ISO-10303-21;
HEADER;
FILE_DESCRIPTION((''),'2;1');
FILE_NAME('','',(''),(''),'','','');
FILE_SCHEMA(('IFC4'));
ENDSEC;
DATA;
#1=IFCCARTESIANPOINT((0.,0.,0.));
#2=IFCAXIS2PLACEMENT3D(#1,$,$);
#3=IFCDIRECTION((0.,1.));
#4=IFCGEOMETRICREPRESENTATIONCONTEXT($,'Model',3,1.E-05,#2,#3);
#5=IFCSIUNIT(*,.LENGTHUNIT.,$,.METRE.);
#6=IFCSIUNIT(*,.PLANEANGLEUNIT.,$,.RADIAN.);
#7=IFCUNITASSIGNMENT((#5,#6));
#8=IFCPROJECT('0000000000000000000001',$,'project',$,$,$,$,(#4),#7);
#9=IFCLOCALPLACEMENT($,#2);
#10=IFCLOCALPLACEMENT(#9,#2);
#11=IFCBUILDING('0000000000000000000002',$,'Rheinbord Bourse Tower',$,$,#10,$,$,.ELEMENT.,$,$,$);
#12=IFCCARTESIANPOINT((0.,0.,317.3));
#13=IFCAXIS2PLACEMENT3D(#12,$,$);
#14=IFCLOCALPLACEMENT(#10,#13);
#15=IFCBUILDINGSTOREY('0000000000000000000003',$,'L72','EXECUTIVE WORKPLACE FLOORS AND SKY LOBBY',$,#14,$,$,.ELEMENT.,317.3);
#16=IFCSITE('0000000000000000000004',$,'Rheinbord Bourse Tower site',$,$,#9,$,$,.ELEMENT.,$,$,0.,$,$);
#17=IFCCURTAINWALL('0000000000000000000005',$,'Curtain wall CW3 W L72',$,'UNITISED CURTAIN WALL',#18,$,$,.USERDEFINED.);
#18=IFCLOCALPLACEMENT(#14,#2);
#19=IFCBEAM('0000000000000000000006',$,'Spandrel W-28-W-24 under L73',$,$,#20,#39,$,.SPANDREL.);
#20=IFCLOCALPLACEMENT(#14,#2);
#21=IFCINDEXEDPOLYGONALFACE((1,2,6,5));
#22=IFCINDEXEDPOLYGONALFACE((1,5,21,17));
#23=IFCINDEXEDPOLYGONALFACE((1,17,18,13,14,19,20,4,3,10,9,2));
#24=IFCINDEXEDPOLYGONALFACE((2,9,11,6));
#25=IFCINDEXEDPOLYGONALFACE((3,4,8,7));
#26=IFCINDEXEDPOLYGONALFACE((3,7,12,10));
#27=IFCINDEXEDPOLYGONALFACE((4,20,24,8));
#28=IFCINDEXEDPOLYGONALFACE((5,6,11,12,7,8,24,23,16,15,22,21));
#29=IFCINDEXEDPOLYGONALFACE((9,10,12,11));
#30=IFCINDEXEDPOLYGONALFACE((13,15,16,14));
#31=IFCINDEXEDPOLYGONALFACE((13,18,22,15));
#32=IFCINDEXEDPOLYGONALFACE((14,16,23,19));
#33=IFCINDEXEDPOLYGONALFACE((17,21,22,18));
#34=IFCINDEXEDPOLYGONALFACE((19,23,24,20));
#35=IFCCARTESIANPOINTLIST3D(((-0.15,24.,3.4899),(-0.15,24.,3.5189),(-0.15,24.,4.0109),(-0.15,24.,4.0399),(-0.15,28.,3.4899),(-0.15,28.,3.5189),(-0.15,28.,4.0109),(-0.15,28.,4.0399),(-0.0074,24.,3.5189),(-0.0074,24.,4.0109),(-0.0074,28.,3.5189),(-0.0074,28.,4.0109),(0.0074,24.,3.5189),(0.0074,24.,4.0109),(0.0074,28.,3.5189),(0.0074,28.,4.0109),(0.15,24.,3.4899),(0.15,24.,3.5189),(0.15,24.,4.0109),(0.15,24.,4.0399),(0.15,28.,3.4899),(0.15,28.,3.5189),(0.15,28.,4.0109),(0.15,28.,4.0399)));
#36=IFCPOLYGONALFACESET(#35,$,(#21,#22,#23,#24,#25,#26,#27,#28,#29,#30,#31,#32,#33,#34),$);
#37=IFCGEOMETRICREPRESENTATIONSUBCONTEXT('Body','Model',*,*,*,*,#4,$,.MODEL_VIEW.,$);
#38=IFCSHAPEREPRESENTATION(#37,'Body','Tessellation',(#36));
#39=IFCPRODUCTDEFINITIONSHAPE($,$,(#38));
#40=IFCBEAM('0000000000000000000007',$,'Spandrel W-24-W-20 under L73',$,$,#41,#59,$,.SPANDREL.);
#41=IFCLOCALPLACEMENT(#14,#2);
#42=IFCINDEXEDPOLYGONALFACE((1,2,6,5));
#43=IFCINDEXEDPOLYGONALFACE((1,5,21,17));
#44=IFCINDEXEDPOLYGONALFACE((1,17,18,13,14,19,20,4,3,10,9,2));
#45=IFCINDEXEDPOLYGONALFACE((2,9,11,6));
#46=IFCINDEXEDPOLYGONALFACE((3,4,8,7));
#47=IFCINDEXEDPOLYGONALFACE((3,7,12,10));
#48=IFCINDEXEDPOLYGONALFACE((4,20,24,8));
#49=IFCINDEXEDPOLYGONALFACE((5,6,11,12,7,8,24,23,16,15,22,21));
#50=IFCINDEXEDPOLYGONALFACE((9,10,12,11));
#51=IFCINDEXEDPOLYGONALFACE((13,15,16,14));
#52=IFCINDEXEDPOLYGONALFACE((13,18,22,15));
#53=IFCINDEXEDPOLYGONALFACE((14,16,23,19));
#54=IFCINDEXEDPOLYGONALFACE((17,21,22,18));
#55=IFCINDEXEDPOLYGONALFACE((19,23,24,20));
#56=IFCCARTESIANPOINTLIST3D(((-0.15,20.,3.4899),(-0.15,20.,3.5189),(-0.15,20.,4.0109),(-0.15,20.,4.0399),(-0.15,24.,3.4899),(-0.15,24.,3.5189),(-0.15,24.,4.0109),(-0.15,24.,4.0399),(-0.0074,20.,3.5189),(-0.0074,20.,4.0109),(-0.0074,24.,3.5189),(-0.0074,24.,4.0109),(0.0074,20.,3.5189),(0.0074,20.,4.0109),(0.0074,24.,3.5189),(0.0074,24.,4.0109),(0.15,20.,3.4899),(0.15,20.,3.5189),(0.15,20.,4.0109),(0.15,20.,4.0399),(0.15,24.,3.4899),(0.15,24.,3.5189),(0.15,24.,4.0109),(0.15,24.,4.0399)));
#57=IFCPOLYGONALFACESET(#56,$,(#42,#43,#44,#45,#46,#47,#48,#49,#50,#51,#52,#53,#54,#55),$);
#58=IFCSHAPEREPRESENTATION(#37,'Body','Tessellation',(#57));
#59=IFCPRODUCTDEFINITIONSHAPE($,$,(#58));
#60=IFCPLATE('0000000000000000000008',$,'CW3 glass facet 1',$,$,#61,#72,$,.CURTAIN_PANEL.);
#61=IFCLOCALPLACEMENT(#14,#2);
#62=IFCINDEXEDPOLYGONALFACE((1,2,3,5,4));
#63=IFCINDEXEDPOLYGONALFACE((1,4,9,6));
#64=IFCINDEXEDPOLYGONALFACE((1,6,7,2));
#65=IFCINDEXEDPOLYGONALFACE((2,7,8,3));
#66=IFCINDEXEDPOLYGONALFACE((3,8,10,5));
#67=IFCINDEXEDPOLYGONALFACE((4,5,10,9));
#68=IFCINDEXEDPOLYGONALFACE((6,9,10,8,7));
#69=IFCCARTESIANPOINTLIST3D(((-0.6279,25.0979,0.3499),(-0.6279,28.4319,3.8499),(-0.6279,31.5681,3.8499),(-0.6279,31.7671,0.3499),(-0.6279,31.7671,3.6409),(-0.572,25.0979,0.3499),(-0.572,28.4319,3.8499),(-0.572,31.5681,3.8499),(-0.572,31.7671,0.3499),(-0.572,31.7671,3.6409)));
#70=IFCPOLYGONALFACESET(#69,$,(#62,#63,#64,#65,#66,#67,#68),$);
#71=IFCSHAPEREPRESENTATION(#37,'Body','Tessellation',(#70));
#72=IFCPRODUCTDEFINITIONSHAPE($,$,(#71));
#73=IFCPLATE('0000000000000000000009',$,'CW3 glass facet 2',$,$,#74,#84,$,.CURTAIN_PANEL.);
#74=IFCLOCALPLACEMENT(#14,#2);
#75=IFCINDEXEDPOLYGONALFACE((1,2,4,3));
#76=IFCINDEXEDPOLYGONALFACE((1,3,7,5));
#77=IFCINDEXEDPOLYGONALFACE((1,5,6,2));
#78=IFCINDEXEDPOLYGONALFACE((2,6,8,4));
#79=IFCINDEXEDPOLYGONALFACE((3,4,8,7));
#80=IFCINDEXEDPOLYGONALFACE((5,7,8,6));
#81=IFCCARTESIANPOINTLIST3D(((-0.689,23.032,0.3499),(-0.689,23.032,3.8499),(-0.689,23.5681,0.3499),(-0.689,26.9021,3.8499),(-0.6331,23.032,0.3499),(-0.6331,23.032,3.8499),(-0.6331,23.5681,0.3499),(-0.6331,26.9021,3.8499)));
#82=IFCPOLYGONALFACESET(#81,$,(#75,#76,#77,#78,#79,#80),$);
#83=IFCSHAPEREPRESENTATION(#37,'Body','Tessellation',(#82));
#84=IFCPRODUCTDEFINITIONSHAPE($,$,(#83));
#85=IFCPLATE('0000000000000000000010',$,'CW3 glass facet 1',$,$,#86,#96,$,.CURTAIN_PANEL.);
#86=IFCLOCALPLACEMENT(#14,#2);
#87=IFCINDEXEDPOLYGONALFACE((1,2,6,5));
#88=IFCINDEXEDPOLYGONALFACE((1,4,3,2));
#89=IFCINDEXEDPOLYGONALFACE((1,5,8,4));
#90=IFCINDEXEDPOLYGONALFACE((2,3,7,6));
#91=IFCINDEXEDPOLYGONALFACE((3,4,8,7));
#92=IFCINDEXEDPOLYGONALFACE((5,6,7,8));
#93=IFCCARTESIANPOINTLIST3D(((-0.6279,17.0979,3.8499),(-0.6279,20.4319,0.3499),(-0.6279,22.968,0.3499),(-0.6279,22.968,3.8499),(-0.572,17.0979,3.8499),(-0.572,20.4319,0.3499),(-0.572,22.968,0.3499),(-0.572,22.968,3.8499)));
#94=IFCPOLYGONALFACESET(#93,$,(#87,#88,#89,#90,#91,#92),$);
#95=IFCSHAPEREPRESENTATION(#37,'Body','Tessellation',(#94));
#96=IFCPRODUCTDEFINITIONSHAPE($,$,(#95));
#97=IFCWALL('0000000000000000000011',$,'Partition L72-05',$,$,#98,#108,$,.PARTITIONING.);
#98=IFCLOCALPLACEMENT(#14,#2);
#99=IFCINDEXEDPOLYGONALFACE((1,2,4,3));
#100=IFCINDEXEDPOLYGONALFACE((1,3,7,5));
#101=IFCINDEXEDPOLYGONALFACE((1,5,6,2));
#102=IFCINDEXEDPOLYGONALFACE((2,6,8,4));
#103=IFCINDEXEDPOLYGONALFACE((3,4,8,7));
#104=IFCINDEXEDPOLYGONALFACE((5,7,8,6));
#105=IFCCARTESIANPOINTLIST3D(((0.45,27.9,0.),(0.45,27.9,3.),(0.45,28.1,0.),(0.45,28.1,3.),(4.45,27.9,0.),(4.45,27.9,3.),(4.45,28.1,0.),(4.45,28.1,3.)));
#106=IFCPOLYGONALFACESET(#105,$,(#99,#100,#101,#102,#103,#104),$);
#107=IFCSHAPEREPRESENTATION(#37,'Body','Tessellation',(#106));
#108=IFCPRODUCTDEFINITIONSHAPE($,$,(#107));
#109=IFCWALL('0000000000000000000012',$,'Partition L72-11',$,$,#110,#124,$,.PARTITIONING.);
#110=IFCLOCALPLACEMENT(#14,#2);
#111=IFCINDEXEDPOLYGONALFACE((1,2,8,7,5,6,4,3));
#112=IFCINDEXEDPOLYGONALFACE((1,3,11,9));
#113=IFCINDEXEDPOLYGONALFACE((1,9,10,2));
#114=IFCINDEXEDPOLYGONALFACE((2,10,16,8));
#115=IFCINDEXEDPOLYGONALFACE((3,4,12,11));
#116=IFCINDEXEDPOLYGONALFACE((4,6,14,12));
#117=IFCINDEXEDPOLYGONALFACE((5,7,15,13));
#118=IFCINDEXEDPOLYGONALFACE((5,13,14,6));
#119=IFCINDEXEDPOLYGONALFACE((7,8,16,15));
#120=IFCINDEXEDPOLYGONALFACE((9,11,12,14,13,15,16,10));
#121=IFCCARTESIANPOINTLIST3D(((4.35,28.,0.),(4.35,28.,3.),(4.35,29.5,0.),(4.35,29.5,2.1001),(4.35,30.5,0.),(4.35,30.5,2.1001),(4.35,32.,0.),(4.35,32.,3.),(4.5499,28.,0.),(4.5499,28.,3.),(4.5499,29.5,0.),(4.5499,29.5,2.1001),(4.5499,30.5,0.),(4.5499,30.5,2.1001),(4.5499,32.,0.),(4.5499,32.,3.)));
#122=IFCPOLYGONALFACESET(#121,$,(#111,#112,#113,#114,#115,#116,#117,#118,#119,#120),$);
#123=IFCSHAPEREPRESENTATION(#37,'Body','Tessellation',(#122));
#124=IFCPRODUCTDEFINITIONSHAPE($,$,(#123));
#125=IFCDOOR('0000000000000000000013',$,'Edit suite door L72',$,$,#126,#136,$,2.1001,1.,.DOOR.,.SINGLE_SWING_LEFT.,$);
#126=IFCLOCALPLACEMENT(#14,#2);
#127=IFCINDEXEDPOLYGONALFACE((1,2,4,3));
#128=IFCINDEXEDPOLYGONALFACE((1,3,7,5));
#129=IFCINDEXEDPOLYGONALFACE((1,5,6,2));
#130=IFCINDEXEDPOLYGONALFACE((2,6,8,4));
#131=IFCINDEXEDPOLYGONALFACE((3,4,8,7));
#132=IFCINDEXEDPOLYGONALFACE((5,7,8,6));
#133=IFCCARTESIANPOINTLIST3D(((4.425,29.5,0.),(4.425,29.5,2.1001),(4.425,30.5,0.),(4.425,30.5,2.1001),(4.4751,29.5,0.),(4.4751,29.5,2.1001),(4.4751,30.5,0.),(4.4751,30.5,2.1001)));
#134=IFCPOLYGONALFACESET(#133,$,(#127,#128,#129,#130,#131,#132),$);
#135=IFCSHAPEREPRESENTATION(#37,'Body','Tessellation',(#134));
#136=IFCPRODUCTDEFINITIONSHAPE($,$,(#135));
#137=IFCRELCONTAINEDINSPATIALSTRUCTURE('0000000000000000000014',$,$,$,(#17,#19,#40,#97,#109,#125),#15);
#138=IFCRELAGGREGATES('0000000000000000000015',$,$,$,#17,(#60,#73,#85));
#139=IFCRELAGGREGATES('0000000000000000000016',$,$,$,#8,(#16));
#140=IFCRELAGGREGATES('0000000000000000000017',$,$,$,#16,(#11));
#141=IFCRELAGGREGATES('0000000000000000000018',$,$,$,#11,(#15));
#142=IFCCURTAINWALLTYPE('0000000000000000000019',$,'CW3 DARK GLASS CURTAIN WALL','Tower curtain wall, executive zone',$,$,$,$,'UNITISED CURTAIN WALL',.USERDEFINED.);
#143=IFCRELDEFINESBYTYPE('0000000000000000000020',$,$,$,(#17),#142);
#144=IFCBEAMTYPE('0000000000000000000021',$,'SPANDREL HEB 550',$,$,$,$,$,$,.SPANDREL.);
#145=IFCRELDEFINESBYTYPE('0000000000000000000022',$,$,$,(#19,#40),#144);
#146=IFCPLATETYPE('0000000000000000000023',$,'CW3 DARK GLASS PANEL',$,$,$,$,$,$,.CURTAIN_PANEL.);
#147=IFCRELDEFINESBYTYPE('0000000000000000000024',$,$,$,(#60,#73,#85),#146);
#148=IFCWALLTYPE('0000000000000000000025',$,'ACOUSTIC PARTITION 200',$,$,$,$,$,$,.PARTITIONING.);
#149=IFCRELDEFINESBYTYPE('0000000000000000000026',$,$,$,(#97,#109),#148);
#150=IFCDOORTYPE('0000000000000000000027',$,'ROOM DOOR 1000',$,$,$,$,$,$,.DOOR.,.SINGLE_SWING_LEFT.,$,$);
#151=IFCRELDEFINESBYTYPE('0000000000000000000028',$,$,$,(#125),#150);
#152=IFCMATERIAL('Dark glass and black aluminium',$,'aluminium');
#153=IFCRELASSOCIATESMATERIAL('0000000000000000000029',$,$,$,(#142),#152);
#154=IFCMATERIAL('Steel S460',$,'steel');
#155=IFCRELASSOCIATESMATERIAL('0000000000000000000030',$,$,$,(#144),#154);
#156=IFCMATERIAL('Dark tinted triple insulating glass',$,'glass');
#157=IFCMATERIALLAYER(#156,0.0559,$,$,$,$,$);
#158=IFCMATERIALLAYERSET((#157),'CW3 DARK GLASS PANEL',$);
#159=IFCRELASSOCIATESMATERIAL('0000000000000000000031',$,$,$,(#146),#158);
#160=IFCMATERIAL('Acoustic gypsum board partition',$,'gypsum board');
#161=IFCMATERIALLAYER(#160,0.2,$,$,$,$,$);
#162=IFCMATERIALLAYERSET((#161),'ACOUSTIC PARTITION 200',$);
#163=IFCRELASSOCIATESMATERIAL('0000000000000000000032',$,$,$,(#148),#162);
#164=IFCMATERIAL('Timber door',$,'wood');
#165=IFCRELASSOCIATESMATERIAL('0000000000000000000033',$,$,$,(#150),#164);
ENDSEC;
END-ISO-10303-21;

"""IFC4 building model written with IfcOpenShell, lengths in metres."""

from ifc_helpers import new_model, si_unit, direction, frame, frame_2d, origin, origin_2d, place, context, subcontext, project, spatial, polyline, rectangle, i_section, outline, extrude, material, layer, layer_set, material_profile, profile_set, type_object, element, fill, aggregate, save


model = new_model("IFC4")

# Units and contexts
model_context = context("Model", 3, precision=1e-05, world=origin(), true_north=direction((0.0, 1.0)))
body_context = subcontext(model_context, "Body", "Model", "MODEL_VIEW")
ifc_project = project(units=[si_unit("LENGTHUNIT", "METRE"), si_unit("PLANEANGLEUNIT", "RADIAN")], contexts=[model_context])

# Site, building, storey
site_placement = place(None, origin())
site = spatial("IfcSite", under=ifc_project, at=site_placement, Name="Rheinbord Bourse Tower site", CompositionType="ELEMENT", RefElevation=0.0)
building_placement = place(site_placement, origin())
building = spatial("IfcBuilding", under=site, at=building_placement, Name="Rheinbord Bourse Tower", CompositionType="ELEMENT")
storey_placement = place(building_placement, frame((0.0, 0.0, 317.3)))
storey = spatial("IfcBuildingStorey", under=building, at=storey_placement, Name="L72", Description="EXECUTIVE WORKPLACE FLOORS AND SKY LOBBY", CompositionType="ELEMENT", Elevation=317.3)

# Curtain wall
ifc_material_1 = material(Name="Dark glass and black aluminium", Category="aluminium")
curtain_wall_type = type_object("IfcCurtainWallType", Name="CW3 DARK GLASS CURTAIN WALL", Description="Tower curtain wall, executive zone", ElementType="UNITISED CURTAIN WALL", PredefinedType="USERDEFINED", material=ifc_material_1)
curtain_wall_placement = place(storey_placement, origin())
curtain_wall = element("IfcCurtainWall", 1, at=curtain_wall_placement, inside=storey, type_object=curtain_wall_type, Name="Curtain wall CW3 W L72", ObjectType="UNITISED CURTAIN WALL", PredefinedType="USERDEFINED")

# Beams
ifc_material_2 = material(Name="Steel S460", Category="steel")
ifc_material_profile_1 = material_profile(ifc_material_2, i_section(OverallWidth=0.3, OverallDepth=0.55, WebThickness=0.0149, FlangeThickness=0.0291, at=origin_2d()), Name="HEB 550")
ifc_profile_set_1 = profile_set([ifc_material_profile_1], Name="Steel S460")
beam_type_1 = type_object("IfcBeamType", Name="SPANDREL HEB 550", PredefinedType="SPANDREL", material=ifc_profile_set_1)
for number, where, z_axis, x_axis, name in (
    (2, (0.0, 28.0, 3.7649), (0.0, -1.0, 0.0), (1.0, 0.0, 0.0), "Spandrel W-28-W-24 under L73"),
    (3, (0.0, 24.0, 3.7649), (0.0, -1.0, 0.0), (1.0, 0.0, 0.0), "Spandrel W-24-W-20 under L73"),
):
    element("IfcBeam", number, at=place(storey_placement, frame(where, z_axis=z_axis, x_axis=x_axis)), inside=storey, type_object=beam_type_1, Name=name, PredefinedType="SPANDREL", context=body_context, shape_type="SweptSolid", body=[
        extrude(i_section(OverallWidth=0.3, OverallDepth=0.55, WebThickness=0.0149, FlangeThickness=0.0291, at=origin_2d()), origin(), (0.0, 0.0, 1.0), 4.0),
    ])

# Plates
ifc_material_3 = material(Name="Dark tinted triple insulating glass", Category="glass")
ifc_layer_1 = layer(ifc_material_3, 0.0559)
ifc_layer_set_1 = layer_set([ifc_layer_1], Name="CW3 DARK GLASS PANEL")
plate_type = type_object("IfcPlateType", Name="CW3 DARK GLASS PANEL", PredefinedType="CURTAIN_PANEL", material=ifc_layer_set_1)
plate_1_placement = place(storey_placement, frame((-0.6279, 31.7671, 0.3499), z_axis=(1.0, 0.0, 0.0), x_axis=(0.0, 0.0, 1.0)))
plate_1 = element("IfcPlate", 4, at=plate_1_placement, type_object=plate_type, Name="CW3 glass facet 1", PredefinedType="CURTAIN_PANEL", context=body_context, shape_type="SweptSolid", body=[
    extrude(outline(polyline([(0.0, 0.0), (3.291, 0.0), (3.5, 0.199), (3.5, 3.3352), (0.0, 6.6692), (0.0, 0.0)])), origin(), (0.0, 0.0, 1.0), 0.0559),
])
plate_2_placement = place(storey_placement, frame((-0.689, 23.032, 3.8499), z_axis=(1.0, 0.0, 0.0), x_axis=(0.0, 0.0, -1.0)))
plate_2 = element("IfcPlate", 5, at=plate_2_placement, type_object=plate_type, Name="CW3 glass facet 2", PredefinedType="CURTAIN_PANEL", context=body_context, shape_type="SweptSolid", body=[
    extrude(outline(polyline([(0.0, 0.0), (3.5, 0.0), (3.5, 0.5361), (0.0, 3.8701), (0.0, 0.0)])), origin(), (0.0, 0.0, 1.0), 0.0559),
])
plate_3_placement = place(storey_placement, frame((-0.6279, 22.968, 0.3499), z_axis=(1.0, 0.0, 0.0), x_axis=(0.0, 0.0, 1.0)))
plate_3 = element("IfcPlate", 6, at=plate_3_placement, type_object=plate_type, Name="CW3 glass facet 1", PredefinedType="CURTAIN_PANEL", context=body_context, shape_type="SweptSolid", body=[
    extrude(outline(polyline([(0.0, 0.0), (3.5, 0.0), (3.5, 5.8701), (0.0, 2.5361), (0.0, 0.0)])), origin(), (0.0, 0.0, 1.0), 0.0559),
])
aggregate(curtain_wall, [plate_1, plate_2, plate_3])

# Wall
ifc_material_4 = material(Name="Acoustic gypsum board partition", Category="gypsum board")
ifc_layer_2 = layer(ifc_material_4, 0.2)
ifc_layer_set_2 = layer_set([ifc_layer_2], Name="ACOUSTIC PARTITION 200")
wall_type = type_object("IfcWallType", Name="ACOUSTIC PARTITION 200", PredefinedType="PARTITIONING", material=ifc_layer_set_2)
wall_1_placement = place(storey_placement, frame((0.45, 28.0, 0.0), z_axis=(0.0, 0.0, 1.0), x_axis=(1.0, 0.0, 0.0)))
element("IfcWall", 7, at=wall_1_placement, inside=storey, type_object=wall_type, Name="Partition L72-05", PredefinedType="PARTITIONING", context=body_context, shape_type="SweptSolid", body=[
    extrude(rectangle(XDim=4.0, YDim=0.2, at=frame_2d((2.0, 0.0))), origin(), (0.0, 0.0, 1.0), 3.0),
])

# Wall, opening, door
wall_2_placement = place(storey_placement, frame((4.45, 28.0, 0.0), z_axis=(0.0, 0.0, 1.0), x_axis=(0.0, 1.0, 0.0)))
wall_2 = element("IfcWall", 8, at=wall_2_placement, inside=storey, type_object=wall_type, Name="Partition L72-11", PredefinedType="PARTITIONING", context=body_context, shape_type="SweptSolid", body=[
    extrude(rectangle(XDim=4.0, YDim=0.2, at=frame_2d((2.0, 0.0))), origin(), (0.0, 0.0, 1.0), 3.0),
])
opening_placement = place(wall_2_placement, frame((1.5, 0.0, 0.0)))
opening = element("IfcOpeningElement", 9, at=opening_placement, cuts=wall_2, PredefinedType="OPENING", context=body_context, shape_type="SweptSolid", body=[
    extrude(rectangle(XDim=1.0, YDim=2.1001, at=frame_2d((0.5, 1.05))), frame((0.0, 0.1099, 0.0), z_axis=(0.0, -1.0, 0.0), x_axis=(1.0, 0.0, 0.0)), (0.0, 0.0, 1.0), 0.22),
])
ifc_material_5 = material(Name="Timber door", Category="wood")
door_type = type_object("IfcDoorType", Name="ROOM DOOR 1000", OperationType="SINGLE_SWING_LEFT", PredefinedType="DOOR", material=ifc_material_5)
door_placement = place(opening_placement, origin())
door = element("IfcDoor", 10, at=door_placement, inside=storey, type_object=door_type, Name="Edit suite door L72", OperationType="SINGLE_SWING_LEFT", OverallHeight=2.1001, OverallWidth=1.0, PredefinedType="DOOR", context=body_context, shape_type="SweptSolid", body=[
    extrude(rectangle(XDim=1.0, YDim=2.1001, at=frame_2d((0.5, 1.05))), frame((0.0, 0.0249, 0.0), z_axis=(0.0, -1.0, 0.0), x_axis=(1.0, 0.0, 0.0)), (0.0, 0.0, 1.0), 0.05),
])
fill(opening, door)

save(model, "model.ifc")
